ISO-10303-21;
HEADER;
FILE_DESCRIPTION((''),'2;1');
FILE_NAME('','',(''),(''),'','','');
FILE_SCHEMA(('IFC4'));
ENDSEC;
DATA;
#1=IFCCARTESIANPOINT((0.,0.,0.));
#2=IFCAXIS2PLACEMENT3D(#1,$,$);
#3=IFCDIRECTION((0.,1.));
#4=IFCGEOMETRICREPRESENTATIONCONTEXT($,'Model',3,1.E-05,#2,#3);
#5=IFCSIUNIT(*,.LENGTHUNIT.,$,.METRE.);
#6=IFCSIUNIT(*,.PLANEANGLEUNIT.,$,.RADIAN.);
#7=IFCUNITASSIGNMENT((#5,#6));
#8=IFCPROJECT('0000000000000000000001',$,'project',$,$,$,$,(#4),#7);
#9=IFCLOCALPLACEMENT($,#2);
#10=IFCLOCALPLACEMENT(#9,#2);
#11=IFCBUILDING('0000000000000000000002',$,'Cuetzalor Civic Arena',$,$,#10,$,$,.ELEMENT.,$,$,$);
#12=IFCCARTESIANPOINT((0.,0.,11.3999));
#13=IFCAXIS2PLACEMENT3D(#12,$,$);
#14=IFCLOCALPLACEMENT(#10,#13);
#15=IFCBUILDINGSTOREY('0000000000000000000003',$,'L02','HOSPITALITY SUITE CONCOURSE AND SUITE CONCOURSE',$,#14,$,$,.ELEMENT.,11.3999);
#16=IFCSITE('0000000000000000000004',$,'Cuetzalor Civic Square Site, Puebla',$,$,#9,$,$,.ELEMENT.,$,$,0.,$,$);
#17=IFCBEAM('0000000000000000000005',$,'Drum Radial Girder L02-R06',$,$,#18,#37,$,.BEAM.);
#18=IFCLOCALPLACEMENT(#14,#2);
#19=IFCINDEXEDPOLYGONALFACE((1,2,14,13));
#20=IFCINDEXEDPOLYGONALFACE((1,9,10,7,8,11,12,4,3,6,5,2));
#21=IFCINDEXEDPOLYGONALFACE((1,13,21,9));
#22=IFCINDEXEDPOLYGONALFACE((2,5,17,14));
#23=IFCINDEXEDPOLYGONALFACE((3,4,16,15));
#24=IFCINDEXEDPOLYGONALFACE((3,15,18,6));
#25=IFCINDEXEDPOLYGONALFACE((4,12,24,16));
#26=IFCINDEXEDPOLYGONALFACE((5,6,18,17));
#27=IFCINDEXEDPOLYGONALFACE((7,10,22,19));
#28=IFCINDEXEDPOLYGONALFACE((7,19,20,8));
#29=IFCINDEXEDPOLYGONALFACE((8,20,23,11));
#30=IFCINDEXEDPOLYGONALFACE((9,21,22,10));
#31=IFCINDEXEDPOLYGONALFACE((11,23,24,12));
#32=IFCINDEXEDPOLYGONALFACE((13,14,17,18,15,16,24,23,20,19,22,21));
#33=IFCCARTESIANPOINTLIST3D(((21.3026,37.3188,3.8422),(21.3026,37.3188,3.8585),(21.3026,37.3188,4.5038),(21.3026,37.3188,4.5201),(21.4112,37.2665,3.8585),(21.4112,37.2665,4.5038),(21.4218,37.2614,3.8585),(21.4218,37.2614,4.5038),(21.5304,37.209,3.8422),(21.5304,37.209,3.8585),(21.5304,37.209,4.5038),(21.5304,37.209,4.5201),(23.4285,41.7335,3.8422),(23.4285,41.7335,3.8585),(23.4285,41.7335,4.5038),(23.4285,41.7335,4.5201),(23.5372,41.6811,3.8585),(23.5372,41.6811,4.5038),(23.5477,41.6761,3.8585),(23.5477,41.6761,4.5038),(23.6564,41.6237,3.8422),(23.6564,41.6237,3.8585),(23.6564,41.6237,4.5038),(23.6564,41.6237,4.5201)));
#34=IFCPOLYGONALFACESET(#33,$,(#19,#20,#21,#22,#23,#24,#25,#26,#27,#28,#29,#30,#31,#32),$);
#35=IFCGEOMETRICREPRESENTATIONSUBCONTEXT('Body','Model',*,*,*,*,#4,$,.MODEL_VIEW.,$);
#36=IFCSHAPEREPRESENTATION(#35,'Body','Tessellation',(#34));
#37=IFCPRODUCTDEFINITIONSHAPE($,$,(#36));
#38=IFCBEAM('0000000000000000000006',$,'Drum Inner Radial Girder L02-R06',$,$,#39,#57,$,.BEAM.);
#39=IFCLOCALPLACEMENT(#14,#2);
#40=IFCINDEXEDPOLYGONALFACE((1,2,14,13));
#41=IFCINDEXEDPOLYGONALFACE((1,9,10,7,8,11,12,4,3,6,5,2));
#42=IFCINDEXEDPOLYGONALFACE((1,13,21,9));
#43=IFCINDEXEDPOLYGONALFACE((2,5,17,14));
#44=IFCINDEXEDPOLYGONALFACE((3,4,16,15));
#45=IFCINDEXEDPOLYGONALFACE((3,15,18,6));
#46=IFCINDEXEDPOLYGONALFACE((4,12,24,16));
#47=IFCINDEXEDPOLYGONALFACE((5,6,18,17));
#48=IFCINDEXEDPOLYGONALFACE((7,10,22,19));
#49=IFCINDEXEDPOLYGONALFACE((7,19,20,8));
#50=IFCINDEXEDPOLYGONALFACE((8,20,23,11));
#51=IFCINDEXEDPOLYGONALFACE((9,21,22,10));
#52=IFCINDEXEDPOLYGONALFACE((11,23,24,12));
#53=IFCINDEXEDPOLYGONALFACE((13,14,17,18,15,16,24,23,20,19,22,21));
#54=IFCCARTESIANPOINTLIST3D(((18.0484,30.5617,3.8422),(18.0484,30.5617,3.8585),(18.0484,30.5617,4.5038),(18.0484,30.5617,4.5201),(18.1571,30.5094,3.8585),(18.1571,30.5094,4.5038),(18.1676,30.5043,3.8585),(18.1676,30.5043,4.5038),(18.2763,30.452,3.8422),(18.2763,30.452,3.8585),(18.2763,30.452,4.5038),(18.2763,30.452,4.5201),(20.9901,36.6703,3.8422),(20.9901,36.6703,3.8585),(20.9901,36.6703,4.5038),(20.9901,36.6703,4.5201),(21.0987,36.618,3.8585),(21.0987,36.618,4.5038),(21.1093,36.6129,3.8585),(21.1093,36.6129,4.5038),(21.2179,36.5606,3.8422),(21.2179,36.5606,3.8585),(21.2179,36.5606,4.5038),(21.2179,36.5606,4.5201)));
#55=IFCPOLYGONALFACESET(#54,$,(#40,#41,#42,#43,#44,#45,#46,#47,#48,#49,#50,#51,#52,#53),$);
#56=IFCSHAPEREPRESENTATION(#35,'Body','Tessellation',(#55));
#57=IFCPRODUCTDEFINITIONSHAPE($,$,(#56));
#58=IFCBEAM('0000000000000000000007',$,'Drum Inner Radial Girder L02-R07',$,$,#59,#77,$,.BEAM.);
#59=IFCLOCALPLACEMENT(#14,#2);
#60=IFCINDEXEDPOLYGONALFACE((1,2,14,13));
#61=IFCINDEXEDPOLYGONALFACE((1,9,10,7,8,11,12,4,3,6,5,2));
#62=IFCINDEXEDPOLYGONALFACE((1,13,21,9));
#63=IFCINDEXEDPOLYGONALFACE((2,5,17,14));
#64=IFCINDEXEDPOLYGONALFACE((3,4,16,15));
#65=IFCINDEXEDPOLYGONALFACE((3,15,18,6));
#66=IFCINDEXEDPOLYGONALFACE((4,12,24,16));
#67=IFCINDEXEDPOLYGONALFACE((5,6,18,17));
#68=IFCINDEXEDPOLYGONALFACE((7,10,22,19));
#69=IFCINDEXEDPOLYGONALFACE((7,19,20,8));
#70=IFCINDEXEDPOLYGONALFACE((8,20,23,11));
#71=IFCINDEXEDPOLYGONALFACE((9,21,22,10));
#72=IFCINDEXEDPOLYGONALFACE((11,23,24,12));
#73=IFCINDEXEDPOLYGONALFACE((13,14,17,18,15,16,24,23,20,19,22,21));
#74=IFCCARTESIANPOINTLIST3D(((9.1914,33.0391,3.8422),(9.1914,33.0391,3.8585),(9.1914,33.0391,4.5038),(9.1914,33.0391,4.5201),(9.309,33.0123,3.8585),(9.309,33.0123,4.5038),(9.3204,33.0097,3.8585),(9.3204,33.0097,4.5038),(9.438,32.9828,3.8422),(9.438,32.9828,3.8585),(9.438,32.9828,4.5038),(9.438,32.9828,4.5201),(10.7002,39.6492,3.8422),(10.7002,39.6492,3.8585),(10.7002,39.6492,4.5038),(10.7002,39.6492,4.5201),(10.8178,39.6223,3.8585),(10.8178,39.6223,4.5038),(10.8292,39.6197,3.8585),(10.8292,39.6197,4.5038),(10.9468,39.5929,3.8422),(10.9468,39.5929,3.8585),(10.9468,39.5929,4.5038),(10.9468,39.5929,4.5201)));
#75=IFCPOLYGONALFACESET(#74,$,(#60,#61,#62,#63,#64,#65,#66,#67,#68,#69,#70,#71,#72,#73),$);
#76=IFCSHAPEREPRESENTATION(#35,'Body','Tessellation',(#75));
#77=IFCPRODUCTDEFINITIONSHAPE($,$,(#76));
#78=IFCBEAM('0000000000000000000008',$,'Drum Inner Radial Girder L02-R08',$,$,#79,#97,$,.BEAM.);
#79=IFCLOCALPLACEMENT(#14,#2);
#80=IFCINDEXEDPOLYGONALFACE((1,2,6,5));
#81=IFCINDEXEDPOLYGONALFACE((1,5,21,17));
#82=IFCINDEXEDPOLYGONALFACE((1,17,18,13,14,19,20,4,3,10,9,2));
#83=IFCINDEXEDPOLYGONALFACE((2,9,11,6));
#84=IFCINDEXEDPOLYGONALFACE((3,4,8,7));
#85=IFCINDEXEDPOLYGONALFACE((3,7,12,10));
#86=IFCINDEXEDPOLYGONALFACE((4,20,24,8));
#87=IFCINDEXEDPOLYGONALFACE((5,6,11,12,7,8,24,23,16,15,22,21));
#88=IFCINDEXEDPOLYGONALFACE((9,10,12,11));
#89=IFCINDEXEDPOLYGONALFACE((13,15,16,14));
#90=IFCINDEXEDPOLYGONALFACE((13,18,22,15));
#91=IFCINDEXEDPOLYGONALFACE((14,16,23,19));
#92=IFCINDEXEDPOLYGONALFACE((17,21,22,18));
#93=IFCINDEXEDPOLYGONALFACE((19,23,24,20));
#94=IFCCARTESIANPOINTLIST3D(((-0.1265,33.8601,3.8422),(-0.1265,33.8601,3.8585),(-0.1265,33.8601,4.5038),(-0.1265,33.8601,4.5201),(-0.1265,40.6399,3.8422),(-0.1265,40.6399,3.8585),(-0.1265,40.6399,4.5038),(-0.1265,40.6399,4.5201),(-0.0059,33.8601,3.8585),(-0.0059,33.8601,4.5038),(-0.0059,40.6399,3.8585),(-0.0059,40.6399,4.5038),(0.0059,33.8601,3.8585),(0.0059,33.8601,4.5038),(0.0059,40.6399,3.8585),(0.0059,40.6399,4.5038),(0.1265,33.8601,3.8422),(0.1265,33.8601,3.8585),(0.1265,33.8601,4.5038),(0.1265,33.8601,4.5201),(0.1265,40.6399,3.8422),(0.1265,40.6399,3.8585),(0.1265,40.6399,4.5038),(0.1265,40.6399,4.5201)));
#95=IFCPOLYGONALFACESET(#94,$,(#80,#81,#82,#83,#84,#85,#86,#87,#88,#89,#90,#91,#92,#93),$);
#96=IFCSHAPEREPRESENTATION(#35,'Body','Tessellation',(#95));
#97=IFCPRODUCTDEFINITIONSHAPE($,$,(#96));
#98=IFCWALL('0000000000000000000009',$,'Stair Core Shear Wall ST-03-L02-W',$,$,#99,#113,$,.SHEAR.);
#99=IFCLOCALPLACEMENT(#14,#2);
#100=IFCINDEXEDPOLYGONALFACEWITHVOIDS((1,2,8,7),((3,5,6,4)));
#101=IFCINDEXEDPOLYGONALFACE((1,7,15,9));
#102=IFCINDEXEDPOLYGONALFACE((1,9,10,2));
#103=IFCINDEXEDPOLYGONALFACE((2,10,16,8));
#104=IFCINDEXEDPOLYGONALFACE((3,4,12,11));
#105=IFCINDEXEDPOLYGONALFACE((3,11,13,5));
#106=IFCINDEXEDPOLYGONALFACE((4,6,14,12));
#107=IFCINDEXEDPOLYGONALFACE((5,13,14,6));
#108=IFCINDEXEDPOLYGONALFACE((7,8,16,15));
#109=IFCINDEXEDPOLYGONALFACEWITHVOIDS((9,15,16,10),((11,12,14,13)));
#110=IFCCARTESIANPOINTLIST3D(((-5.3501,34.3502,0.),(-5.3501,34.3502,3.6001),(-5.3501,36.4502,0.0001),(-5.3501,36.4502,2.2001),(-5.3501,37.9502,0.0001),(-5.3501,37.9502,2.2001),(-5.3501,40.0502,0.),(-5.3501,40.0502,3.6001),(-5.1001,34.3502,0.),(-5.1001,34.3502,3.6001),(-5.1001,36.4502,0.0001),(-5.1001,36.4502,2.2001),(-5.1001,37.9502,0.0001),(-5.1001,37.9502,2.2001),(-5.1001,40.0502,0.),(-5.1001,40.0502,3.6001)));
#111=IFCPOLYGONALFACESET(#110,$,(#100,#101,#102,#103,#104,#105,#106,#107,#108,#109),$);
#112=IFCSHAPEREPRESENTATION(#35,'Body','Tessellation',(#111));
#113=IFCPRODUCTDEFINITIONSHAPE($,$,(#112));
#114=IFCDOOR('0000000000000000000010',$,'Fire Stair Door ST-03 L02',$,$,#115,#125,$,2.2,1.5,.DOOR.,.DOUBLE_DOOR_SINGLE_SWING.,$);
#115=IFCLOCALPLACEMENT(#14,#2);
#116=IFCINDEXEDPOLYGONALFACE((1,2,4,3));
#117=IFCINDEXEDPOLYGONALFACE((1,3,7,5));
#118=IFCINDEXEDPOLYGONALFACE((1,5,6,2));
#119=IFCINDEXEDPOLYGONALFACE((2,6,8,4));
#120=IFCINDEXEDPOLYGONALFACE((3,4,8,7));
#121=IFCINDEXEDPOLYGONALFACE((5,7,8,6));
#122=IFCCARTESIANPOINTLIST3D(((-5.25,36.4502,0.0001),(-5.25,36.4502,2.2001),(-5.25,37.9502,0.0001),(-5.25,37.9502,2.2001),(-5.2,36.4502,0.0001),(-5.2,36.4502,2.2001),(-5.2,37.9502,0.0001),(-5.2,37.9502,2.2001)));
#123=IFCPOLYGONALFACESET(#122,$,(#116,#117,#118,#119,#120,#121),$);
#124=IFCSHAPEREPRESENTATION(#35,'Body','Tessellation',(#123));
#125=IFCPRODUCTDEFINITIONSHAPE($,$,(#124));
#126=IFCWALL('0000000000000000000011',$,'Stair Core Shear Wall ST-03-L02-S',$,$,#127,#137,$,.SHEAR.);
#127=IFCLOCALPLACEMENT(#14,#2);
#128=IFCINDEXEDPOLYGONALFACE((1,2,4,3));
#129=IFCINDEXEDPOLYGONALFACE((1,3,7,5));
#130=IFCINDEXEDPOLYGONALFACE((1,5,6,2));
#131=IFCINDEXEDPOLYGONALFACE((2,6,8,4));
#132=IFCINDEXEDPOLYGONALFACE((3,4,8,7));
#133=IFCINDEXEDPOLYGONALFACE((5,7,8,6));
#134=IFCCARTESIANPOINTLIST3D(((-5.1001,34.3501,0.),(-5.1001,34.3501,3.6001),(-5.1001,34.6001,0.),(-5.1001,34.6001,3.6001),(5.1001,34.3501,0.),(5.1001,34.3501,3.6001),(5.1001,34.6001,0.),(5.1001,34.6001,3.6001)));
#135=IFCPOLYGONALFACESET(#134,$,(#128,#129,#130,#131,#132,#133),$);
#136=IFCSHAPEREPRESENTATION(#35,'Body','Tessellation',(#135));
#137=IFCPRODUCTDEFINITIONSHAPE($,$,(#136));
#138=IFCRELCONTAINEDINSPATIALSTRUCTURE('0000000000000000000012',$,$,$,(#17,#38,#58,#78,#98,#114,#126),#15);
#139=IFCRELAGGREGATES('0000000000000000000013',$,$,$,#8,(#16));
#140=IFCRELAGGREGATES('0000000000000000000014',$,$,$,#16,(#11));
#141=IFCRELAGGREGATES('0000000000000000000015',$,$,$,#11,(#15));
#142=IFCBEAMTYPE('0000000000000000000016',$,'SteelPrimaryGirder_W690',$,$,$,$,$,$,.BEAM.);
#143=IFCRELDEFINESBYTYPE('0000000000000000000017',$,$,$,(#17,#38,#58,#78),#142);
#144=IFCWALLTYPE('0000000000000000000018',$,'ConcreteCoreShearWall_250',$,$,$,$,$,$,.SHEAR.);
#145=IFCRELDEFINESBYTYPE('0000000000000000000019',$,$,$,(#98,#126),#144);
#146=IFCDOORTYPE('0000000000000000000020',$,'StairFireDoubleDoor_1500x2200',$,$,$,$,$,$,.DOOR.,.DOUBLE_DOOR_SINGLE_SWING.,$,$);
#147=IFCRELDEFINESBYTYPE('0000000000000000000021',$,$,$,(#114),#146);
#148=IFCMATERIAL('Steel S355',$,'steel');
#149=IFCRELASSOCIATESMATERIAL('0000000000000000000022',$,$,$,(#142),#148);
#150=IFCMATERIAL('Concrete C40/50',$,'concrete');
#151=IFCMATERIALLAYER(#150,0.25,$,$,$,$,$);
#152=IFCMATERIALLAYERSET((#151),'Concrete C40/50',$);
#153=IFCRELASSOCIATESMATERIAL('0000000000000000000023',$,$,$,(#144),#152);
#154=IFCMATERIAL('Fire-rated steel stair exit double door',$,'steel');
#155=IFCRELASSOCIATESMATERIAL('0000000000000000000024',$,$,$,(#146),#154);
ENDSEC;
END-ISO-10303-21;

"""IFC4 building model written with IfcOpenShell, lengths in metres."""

from ifc_helpers import new_model, si_unit, direction, frame, frame_2d, origin, origin_2d, place, context, subcontext, project, spatial, rectangle, i_section, extrude, material, layer, layer_set, material_profile, profile_set, type_object, element, fill, save


model = new_model("IFC4")

# Units and contexts
model_context = context("Model", 3, precision=1e-05, world=origin(), true_north=direction((0.0, 1.0)))
body_context = subcontext(model_context, "Body", "Model", "MODEL_VIEW")
ifc_project = project(units=[si_unit("LENGTHUNIT", "METRE"), si_unit("PLANEANGLEUNIT", "RADIAN")], contexts=[model_context])

# Site, building, storey
site_placement = place(None, origin())
site = spatial("IfcSite", under=ifc_project, at=site_placement, Name="Cuetzalor Civic Square Site, Puebla", CompositionType="ELEMENT", RefElevation=0.0)
building_placement = place(site_placement, origin())
building = spatial("IfcBuilding", under=site, at=building_placement, Name="Cuetzalor Civic Arena", CompositionType="ELEMENT")
storey_placement = place(building_placement, frame((0.0, 0.0, 11.3999)))
storey = spatial("IfcBuildingStorey", under=building, at=storey_placement, Name="L02", Description="HOSPITALITY SUITE CONCOURSE AND SUITE CONCOURSE", CompositionType="ELEMENT", Elevation=11.3999)

# Beams
ifc_material_1 = material(Name="Steel S355", Category="steel")
ifc_material_profile_1 = material_profile(ifc_material_1, i_section(OverallWidth=0.2529, OverallDepth=0.678, WebThickness=0.0117, FlangeThickness=0.0164, at=origin_2d()), Name="W690x125")
ifc_profile_set_1 = profile_set([ifc_material_profile_1], Name="Steel S355")
beam_type_1 = type_object("IfcBeamType", Name="SteelPrimaryGirder_W690", PredefinedType="BEAM", material=ifc_profile_set_1)
beam_1_placement = place(storey_placement, frame((21.4165, 37.2639, 4.1812), z_axis=(0.433871, 0.900975, 0.0), x_axis=(-0.900975, 0.433871, 0.0)))
element("IfcBeam", 1, at=beam_1_placement, inside=storey, type_object=beam_type_1, Name="Drum Radial Girder L02-R06", PredefinedType="BEAM", context=body_context, shape_type="SweptSolid", body=[
    extrude(i_section(OverallWidth=0.2529, OverallDepth=0.678, WebThickness=0.0117, FlangeThickness=0.0164, at=origin_2d()), origin(), (0.0, 0.0, 1.0), 4.8999),
])
for number, where, z_axis, x_axis, name in (
    (2, (18.1624, 30.5068, 4.1812), (0.43387, 0.900976, 0.0), (-0.900976, 0.43387, 0.0), "Drum Inner Radial Girder L02-R06"),
    (3, (9.3147, 33.011, 4.1812), (0.222531, 0.974926, 0.0), (-0.974926, 0.222531, 0.0), "Drum Inner Radial Girder L02-R07"),
):
    element("IfcBeam", number, at=place(storey_placement, frame(where, z_axis=z_axis, x_axis=x_axis)), inside=storey, type_object=beam_type_1, Name=name, PredefinedType="BEAM", context=body_context, shape_type="SweptSolid", body=[
        extrude(i_section(OverallWidth=0.2529, OverallDepth=0.678, WebThickness=0.0117, FlangeThickness=0.0164, at=origin_2d()), origin(), (0.0, 0.0, 1.0), 6.78),
    ])
beam_2_placement = place(storey_placement, frame((0.0, 33.8601, 4.1812), z_axis=(0.0, 1.0, 0.0), x_axis=(-1.0, 0.0, 0.0)))
element("IfcBeam", 4, at=beam_2_placement, inside=storey, type_object=beam_type_1, Name="Drum Inner Radial Girder L02-R08", PredefinedType="BEAM", context=body_context, shape_type="SweptSolid", body=[
    extrude(i_section(OverallWidth=0.2529, OverallDepth=0.678, WebThickness=0.0117, FlangeThickness=0.0164, at=origin_2d()), origin(), (0.0, 0.0, 1.0), 6.7798),
])

# Wall, opening, door
ifc_material_2 = material(Name="Concrete C40/50", Category="concrete")
ifc_layer = layer(ifc_material_2, 0.25)
ifc_layer_set = layer_set([ifc_layer], Name="Concrete C40/50")
wall_type = type_object("IfcWallType", Name="ConcreteCoreShearWall_250", PredefinedType="SHEAR", material=ifc_layer_set)
wall_1_placement = place(storey_placement, frame((-5.2251, 34.3501, 0.0), z_axis=(0.0, 0.0, 1.0), x_axis=(0.0, 1.0, 0.0)))
wall_1 = element("IfcWall", 5, at=wall_1_placement, inside=storey, type_object=wall_type, Name="Stair Core Shear Wall ST-03-L02-W", PredefinedType="SHEAR", context=body_context, shape_type="SweptSolid", body=[
    extrude(rectangle(XDim=5.7, YDim=0.25, at=frame_2d((2.8501, 0.0))), origin(), (0.0, 0.0, 1.0), 3.6001),
])
opening_placement = place(wall_1_placement, frame((2.1001, 0.0, 0.0)))
opening = element("IfcOpeningElement", 6, at=opening_placement, cuts=wall_1, PredefinedType="OPENING", context=body_context, shape_type="SweptSolid", body=[
    extrude(rectangle(XDim=1.5, YDim=2.2, at=frame_2d((0.75, 1.1001))), frame((0.0, 0.135, 0.0), z_axis=(0.0, -1.0, 0.0), x_axis=(1.0, 0.0, 0.0)), (0.0, 0.0, 1.0), 0.27),
])
ifc_material_3 = material(Name="Fire-rated steel stair exit double door", Category="steel")
door_type = type_object("IfcDoorType", Name="StairFireDoubleDoor_1500x2200", OperationType="DOUBLE_DOOR_SINGLE_SWING", PredefinedType="DOOR", material=ifc_material_3)
door_placement = place(opening_placement, origin())
door = element("IfcDoor", 7, at=door_placement, inside=storey, type_object=door_type, Name="Fire Stair Door ST-03 L02", OperationType="DOUBLE_DOOR_SINGLE_SWING", OverallHeight=2.2, OverallWidth=1.5, PredefinedType="DOOR", context=body_context, shape_type="SweptSolid", body=[
    extrude(rectangle(XDim=1.5, YDim=2.2, at=frame_2d((0.75, 1.1001))), frame((0.0, 0.0249, 0.0), z_axis=(0.0, -1.0, 0.0), x_axis=(1.0, 0.0, 0.0)), (0.0, 0.0, 1.0), 0.05),
])
fill(opening, door)

# Wall
wall_2_placement = place(storey_placement, frame((5.1001, 34.4751, 0.0), z_axis=(0.0, 0.0, 1.0), x_axis=(-1.0, 0.0, 0.0)))
element("IfcWall", 8, at=wall_2_placement, inside=storey, type_object=wall_type, Name="Stair Core Shear Wall ST-03-L02-S", PredefinedType="SHEAR", context=body_context, shape_type="SweptSolid", body=[
    extrude(rectangle(XDim=10.2002, YDim=0.25, at=frame_2d((5.1001, 0.0))), origin(), (0.0, 0.0, 1.0), 3.6001),
])

save(model, "model.ifc")
